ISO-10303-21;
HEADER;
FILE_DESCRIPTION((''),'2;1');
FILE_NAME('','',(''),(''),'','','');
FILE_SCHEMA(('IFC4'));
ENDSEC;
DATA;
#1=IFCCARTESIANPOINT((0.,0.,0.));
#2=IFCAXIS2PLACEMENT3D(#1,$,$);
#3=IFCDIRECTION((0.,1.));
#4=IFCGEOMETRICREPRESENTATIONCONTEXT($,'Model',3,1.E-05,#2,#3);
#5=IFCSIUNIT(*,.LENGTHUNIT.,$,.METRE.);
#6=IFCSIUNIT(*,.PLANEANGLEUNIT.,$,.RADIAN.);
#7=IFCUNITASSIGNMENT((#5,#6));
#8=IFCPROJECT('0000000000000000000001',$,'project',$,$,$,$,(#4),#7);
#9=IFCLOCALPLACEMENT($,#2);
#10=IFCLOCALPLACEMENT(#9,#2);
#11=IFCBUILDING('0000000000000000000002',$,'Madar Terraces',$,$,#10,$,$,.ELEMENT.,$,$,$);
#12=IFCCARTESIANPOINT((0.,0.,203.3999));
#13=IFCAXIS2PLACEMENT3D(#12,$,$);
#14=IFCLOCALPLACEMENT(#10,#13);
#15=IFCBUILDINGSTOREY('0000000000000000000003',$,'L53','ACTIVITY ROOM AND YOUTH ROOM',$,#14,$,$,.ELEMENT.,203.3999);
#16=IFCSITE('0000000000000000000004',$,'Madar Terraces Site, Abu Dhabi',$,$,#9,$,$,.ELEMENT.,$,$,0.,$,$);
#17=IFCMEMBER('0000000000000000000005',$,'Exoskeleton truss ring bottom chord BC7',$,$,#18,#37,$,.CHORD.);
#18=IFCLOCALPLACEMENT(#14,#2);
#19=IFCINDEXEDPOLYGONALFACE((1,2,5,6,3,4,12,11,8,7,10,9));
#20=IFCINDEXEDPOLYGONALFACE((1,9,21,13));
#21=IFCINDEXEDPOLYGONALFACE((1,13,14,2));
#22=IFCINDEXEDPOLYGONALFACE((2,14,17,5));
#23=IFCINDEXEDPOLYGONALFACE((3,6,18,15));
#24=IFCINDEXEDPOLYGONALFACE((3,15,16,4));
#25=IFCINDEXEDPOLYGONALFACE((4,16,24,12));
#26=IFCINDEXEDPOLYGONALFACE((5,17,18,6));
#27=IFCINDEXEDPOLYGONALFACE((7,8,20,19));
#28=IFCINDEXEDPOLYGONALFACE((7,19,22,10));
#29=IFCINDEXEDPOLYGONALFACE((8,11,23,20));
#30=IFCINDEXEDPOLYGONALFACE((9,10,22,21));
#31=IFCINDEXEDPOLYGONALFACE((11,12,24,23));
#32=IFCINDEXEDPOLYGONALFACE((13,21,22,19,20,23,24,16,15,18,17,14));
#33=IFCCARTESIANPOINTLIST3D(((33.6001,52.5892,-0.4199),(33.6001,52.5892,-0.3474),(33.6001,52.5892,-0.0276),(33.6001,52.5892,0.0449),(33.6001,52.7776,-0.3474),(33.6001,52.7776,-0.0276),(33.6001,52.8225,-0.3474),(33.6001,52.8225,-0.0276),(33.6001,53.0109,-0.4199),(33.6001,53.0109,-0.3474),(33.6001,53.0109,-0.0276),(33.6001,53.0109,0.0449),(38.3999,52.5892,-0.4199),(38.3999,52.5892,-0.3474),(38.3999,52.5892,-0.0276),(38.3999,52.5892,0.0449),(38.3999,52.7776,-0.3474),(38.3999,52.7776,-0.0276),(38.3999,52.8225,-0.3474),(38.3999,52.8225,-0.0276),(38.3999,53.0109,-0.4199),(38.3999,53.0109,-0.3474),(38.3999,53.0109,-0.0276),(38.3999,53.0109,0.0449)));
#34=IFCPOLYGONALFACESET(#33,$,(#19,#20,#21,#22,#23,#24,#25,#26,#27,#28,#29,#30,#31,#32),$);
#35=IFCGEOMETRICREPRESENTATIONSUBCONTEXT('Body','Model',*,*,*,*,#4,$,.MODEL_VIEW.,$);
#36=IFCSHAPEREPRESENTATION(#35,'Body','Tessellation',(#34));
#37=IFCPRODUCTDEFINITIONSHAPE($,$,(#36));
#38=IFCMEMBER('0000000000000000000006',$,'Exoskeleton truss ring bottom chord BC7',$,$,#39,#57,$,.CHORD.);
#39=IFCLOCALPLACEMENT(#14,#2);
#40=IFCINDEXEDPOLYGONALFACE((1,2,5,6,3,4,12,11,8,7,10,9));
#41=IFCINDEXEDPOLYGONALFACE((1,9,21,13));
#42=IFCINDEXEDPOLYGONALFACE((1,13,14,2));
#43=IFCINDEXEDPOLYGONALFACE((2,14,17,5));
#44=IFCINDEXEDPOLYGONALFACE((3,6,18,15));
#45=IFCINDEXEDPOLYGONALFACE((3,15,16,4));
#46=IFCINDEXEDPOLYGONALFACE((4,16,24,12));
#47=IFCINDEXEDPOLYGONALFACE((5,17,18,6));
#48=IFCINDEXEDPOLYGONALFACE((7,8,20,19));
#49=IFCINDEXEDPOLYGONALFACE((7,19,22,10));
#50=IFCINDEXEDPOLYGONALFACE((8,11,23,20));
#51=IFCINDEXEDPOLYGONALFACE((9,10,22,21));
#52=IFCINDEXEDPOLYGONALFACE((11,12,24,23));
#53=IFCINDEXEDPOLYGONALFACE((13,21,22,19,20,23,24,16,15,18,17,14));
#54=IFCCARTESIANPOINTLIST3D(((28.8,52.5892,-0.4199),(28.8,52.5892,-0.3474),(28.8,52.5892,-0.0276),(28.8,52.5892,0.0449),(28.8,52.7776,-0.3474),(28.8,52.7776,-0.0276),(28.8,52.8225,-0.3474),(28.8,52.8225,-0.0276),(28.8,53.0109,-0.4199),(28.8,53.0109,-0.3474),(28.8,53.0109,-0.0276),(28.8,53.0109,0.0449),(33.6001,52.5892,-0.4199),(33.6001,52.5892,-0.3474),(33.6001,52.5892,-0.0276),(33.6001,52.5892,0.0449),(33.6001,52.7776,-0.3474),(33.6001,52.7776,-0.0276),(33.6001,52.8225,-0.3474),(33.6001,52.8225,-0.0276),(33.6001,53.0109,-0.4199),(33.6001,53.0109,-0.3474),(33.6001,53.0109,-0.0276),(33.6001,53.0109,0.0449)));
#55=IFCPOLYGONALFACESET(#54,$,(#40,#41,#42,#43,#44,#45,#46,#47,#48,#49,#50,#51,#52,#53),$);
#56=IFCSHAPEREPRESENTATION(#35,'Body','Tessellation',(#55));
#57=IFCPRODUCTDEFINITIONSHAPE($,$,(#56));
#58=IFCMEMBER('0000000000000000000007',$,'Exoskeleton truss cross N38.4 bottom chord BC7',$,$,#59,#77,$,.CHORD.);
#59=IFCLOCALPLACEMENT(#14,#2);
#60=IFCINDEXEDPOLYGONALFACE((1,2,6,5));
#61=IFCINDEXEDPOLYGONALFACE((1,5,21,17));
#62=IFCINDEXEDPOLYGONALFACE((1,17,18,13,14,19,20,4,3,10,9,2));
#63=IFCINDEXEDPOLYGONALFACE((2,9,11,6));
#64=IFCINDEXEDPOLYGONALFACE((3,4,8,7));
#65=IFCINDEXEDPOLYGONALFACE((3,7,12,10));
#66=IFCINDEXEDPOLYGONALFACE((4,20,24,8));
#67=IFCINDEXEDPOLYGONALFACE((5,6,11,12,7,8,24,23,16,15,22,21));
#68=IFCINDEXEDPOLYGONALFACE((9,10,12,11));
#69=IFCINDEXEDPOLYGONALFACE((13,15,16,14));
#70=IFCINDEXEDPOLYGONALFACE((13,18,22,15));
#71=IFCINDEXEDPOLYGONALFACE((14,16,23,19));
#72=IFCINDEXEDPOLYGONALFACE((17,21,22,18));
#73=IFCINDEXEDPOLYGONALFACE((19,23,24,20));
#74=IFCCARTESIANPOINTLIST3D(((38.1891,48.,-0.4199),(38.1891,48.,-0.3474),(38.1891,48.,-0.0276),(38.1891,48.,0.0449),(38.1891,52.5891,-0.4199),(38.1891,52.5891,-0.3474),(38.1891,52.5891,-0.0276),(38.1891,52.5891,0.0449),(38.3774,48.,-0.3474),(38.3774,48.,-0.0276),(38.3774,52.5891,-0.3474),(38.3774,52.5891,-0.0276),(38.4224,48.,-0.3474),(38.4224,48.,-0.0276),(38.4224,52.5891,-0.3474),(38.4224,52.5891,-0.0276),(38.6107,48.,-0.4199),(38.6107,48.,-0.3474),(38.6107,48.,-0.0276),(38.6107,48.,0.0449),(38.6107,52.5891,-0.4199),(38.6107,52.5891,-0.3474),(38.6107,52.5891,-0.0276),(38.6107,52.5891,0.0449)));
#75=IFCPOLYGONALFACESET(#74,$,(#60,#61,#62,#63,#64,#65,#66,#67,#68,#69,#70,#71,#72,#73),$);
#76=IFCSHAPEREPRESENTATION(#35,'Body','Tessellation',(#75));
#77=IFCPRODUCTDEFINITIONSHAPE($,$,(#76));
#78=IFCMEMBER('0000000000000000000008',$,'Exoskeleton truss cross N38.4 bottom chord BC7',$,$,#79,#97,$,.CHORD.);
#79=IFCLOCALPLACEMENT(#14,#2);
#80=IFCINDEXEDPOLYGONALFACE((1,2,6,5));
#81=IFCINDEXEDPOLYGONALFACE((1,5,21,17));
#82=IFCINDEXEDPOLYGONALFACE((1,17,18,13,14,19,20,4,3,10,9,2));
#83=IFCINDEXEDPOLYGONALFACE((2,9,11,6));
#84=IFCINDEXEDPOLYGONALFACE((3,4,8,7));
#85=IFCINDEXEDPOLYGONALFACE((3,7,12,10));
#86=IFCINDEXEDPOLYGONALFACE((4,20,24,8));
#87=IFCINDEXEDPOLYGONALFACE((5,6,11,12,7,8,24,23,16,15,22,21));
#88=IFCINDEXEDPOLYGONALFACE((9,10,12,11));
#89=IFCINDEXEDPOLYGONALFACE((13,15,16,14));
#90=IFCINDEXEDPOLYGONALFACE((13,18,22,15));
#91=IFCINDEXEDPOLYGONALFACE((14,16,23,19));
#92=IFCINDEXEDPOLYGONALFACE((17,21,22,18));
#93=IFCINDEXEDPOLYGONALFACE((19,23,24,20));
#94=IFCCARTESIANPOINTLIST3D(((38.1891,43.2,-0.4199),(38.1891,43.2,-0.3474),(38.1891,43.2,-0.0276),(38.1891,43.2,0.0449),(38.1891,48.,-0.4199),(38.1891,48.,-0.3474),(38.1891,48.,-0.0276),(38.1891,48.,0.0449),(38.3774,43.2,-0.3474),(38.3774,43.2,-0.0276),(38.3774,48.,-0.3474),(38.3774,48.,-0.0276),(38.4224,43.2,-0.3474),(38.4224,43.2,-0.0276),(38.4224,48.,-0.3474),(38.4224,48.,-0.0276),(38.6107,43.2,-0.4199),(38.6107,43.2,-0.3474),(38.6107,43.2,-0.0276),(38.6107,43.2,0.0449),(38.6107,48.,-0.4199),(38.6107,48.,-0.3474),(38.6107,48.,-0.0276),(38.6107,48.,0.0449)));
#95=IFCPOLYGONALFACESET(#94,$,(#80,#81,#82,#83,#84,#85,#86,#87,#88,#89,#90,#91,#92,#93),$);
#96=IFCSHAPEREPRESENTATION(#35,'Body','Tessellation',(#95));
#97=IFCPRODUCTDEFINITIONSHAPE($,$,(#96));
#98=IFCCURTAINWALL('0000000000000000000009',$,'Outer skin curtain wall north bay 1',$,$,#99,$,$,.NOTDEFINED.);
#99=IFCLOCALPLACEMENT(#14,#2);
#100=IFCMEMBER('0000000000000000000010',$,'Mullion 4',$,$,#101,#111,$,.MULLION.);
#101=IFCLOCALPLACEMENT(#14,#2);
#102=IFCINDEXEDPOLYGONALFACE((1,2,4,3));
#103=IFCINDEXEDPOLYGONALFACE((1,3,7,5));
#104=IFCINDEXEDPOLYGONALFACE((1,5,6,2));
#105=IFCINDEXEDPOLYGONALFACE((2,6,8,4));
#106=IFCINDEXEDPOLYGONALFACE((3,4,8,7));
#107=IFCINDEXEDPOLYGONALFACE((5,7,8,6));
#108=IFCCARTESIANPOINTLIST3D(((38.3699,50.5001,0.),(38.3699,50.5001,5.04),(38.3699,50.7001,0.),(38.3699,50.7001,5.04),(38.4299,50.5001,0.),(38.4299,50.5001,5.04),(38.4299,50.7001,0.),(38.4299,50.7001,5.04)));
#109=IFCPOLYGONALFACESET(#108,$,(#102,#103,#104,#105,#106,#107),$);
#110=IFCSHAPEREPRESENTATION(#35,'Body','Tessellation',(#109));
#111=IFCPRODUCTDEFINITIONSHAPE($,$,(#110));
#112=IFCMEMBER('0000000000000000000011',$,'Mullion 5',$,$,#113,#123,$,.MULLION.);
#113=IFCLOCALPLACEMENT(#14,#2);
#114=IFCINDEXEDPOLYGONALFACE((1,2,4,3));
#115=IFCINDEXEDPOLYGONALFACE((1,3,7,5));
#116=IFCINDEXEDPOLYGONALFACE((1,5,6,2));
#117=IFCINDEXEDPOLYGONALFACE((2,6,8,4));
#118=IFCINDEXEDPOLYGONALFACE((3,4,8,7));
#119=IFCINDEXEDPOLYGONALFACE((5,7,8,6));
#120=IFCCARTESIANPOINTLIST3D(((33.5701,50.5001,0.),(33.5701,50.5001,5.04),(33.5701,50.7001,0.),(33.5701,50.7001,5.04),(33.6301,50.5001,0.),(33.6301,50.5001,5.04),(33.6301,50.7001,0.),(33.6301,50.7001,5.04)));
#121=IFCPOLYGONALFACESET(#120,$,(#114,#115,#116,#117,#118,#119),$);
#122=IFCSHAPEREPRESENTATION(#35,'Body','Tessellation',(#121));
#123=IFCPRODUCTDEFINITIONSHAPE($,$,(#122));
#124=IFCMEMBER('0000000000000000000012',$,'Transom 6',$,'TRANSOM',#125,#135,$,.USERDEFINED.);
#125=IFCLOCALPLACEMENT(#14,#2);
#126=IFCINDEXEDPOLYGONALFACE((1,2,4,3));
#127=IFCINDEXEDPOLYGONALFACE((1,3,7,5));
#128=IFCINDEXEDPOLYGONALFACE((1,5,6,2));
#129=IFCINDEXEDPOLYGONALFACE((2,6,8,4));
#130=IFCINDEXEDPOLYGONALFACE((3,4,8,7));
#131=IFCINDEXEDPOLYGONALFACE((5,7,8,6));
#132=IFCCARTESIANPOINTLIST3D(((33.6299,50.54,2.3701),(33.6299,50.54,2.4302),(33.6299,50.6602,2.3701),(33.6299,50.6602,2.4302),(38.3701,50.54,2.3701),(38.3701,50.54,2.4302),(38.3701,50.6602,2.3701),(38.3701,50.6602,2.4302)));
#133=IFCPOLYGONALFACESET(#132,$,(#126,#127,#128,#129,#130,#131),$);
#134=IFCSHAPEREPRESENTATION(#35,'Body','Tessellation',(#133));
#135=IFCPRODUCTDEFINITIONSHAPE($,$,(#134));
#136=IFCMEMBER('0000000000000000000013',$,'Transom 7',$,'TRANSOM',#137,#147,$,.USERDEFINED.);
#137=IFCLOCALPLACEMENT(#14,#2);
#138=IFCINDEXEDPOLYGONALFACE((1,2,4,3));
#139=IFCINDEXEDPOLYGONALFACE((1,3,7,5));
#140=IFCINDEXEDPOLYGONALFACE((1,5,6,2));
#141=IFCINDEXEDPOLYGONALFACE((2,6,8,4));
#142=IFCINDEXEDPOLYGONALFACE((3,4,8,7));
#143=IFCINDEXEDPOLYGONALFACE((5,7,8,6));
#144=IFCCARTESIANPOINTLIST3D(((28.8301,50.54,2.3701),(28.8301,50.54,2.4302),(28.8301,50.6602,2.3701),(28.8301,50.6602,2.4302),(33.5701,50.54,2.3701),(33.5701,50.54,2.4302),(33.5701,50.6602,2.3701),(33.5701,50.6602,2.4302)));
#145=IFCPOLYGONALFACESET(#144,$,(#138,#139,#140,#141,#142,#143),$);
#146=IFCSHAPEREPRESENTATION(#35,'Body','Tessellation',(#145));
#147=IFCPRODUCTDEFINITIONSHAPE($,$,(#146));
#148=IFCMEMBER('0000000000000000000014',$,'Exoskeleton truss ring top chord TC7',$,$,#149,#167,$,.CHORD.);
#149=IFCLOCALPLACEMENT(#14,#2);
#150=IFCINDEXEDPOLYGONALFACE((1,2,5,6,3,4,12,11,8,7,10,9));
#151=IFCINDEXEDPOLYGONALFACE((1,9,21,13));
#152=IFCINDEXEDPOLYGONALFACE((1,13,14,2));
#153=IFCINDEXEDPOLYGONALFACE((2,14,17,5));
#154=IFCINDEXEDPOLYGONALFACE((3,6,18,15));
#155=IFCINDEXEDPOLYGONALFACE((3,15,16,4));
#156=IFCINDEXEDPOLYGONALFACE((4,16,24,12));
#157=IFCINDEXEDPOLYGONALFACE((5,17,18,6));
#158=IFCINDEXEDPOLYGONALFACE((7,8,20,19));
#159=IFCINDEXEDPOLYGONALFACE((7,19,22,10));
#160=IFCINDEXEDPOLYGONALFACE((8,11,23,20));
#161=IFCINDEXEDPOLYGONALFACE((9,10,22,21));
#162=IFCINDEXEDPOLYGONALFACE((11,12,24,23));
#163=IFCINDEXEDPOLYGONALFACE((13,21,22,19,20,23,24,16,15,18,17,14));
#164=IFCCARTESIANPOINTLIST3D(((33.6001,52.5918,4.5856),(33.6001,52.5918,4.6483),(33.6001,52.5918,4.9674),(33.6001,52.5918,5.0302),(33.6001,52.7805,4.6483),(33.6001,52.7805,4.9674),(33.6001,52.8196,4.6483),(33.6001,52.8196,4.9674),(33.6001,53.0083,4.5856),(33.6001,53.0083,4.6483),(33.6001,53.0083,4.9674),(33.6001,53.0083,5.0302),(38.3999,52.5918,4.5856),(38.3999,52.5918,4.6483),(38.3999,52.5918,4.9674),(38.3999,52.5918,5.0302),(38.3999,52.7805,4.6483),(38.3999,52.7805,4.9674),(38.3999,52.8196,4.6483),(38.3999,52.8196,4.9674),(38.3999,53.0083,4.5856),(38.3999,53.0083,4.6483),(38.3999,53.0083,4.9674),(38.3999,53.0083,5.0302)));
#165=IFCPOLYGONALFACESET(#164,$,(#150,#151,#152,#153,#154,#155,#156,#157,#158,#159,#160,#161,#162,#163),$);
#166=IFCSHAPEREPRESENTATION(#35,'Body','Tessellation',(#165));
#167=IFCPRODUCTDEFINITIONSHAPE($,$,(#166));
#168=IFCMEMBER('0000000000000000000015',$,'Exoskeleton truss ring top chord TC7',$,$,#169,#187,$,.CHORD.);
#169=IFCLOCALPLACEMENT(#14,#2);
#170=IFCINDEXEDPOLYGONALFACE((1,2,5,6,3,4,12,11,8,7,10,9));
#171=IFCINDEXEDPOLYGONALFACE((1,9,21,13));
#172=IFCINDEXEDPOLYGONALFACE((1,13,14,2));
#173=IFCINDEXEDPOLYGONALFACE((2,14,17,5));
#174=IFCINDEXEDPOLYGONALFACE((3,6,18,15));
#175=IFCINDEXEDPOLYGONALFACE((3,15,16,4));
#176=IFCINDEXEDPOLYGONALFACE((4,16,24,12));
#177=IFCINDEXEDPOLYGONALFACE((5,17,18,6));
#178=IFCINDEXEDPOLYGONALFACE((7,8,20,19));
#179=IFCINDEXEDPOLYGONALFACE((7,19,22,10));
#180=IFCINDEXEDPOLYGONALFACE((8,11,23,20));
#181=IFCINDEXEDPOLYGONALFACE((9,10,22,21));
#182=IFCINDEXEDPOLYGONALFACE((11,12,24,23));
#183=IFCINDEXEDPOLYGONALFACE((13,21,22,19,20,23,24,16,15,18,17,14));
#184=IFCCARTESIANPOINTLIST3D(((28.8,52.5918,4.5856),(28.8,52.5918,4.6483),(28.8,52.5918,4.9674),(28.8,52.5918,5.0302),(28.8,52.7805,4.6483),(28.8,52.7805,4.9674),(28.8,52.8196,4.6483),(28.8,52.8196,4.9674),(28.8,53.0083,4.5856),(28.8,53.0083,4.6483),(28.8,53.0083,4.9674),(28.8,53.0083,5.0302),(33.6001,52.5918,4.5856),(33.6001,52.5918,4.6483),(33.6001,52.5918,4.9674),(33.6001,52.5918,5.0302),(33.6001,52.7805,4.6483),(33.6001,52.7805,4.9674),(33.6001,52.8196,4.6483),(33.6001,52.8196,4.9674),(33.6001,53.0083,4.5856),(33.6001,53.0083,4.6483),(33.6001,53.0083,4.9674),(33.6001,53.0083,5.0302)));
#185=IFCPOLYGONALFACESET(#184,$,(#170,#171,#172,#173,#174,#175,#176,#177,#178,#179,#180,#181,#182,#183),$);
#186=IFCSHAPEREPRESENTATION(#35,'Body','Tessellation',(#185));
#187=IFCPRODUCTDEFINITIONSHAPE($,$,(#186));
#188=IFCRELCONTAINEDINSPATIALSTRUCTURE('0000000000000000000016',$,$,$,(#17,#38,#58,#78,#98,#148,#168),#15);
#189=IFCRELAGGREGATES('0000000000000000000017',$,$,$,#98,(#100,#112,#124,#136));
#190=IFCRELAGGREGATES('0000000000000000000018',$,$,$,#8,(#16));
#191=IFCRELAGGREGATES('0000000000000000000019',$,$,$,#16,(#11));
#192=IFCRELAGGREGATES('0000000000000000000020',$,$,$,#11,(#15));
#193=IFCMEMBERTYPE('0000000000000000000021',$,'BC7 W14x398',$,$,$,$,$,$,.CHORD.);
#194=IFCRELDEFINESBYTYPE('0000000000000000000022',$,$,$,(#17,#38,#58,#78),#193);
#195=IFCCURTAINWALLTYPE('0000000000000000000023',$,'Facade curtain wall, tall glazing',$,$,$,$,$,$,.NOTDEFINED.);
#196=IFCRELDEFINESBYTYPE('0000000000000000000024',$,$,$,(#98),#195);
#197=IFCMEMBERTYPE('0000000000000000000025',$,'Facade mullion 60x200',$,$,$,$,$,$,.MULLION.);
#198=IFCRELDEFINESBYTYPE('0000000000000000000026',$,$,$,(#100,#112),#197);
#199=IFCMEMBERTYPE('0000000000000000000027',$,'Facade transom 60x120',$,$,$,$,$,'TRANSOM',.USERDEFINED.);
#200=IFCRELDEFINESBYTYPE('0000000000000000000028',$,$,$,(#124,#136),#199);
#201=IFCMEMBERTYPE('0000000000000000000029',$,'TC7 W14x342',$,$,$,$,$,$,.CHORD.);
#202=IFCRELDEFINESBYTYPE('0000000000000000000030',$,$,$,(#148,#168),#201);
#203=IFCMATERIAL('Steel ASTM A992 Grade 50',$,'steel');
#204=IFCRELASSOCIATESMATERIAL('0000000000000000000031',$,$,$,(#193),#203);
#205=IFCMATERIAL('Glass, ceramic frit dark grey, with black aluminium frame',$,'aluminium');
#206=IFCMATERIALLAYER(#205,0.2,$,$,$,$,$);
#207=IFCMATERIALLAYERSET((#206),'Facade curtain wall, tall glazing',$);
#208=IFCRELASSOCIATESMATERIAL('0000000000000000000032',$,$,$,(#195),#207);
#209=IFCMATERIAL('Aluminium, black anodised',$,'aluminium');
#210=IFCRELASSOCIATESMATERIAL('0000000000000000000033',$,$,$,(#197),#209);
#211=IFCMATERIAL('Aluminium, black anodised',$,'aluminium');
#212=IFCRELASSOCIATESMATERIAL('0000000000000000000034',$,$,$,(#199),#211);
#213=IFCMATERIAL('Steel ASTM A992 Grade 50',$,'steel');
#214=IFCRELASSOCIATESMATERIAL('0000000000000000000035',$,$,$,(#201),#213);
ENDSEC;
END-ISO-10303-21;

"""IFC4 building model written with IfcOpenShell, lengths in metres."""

from ifc_helpers import new_model, si_unit, direction, frame, origin, origin_2d, place, context, subcontext, project, spatial, rectangle, i_section, extrude, material, layer, layer_set, material_profile, profile_set, type_object, element, aggregate, save


model = new_model("IFC4")

# Units and contexts
model_context = context("Model", 3, precision=1e-05, world=origin(), true_north=direction((0.0, 1.0)))
body_context = subcontext(model_context, "Body", "Model", "MODEL_VIEW")
ifc_project = project(units=[si_unit("LENGTHUNIT", "METRE"), si_unit("PLANEANGLEUNIT", "RADIAN")], contexts=[model_context])

# Site, building, storey
site_placement = place(None, origin())
site = spatial("IfcSite", under=ifc_project, at=site_placement, Name="Madar Terraces Site, Abu Dhabi", CompositionType="ELEMENT", RefElevation=0.0)
building_placement = place(site_placement, origin())
building = spatial("IfcBuilding", under=site, at=building_placement, Name="Madar Terraces", CompositionType="ELEMENT")
storey_placement = place(building_placement, frame((0.0, 0.0, 203.3999)))
storey = spatial("IfcBuildingStorey", under=building, at=storey_placement, Name="L53", Description="ACTIVITY ROOM AND YOUTH ROOM", CompositionType="ELEMENT", Elevation=203.3999)

# Members
ifc_material_1 = material(Name="Steel ASTM A992 Grade 50", Category="steel")
ifc_material_profile_1 = material_profile(ifc_material_1, i_section(OverallWidth=0.4216, OverallDepth=0.4648, WebThickness=0.0449, FlangeThickness=0.0725, at=origin_2d()), Name="W14x398")
ifc_profile_set_1 = profile_set([ifc_material_profile_1], Name="Steel ASTM A992 Grade 50")
member_type_1 = type_object("IfcMemberType", Name="BC7 W14x398", PredefinedType="CHORD", material=ifc_profile_set_1)
member_1_placement = place(storey_placement, frame((38.3999, 52.8, -0.1875), z_axis=(-1.0, 0.0, 0.0), x_axis=(0.0, -1.0, 0.0)))
element("IfcMember", 1, at=member_1_placement, inside=storey, type_object=member_type_1, Name="Exoskeleton truss ring bottom chord BC7", PredefinedType="CHORD", context=body_context, shape_type="SweptSolid", body=[
    extrude(i_section(OverallWidth=0.4216, OverallDepth=0.4648, WebThickness=0.0449, FlangeThickness=0.0725, at=origin_2d()), origin(), (0.0, 0.0, 1.0), 4.7998),
])
member_2_placement = place(storey_placement, frame((33.6001, 52.8, -0.1875), z_axis=(-1.0, 0.0, 0.0), x_axis=(0.0, -1.0, 0.0)))
element("IfcMember", 2, at=member_2_placement, inside=storey, type_object=member_type_1, Name="Exoskeleton truss ring bottom chord BC7", PredefinedType="CHORD", context=body_context, shape_type="SweptSolid", body=[
    extrude(i_section(OverallWidth=0.4216, OverallDepth=0.4648, WebThickness=0.0449, FlangeThickness=0.0725, at=origin_2d()), origin(), (0.0, 0.0, 1.0), 4.8),
])
member_3_placement = place(storey_placement, frame((38.3999, 52.5891, -0.1875), z_axis=(0.0, -1.0, 0.0), x_axis=(1.0, 0.0, 0.0)))
element("IfcMember", 3, at=member_3_placement, inside=storey, type_object=member_type_1, Name="Exoskeleton truss cross N38.4 bottom chord BC7", PredefinedType="CHORD", context=body_context, shape_type="SweptSolid", body=[
    extrude(i_section(OverallWidth=0.4216, OverallDepth=0.4648, WebThickness=0.0449, FlangeThickness=0.0725, at=origin_2d()), origin(), (0.0, 0.0, 1.0), 4.5891),
])
member_4_placement = place(storey_placement, frame((38.3999, 48.0, -0.1875), z_axis=(0.0, -1.0, 0.0), x_axis=(1.0, 0.0, 0.0)))
element("IfcMember", 4, at=member_4_placement, inside=storey, type_object=member_type_1, Name="Exoskeleton truss cross N38.4 bottom chord BC7", PredefinedType="CHORD", context=body_context, shape_type="SweptSolid", body=[
    extrude(i_section(OverallWidth=0.4216, OverallDepth=0.4648, WebThickness=0.0449, FlangeThickness=0.0725, at=origin_2d()), origin(), (0.0, 0.0, 1.0), 4.8),
])

# Curtain wall, members
ifc_material_2 = material(Name="Glass, ceramic frit dark grey, with black aluminium frame", Category="aluminium")
ifc_layer_1 = layer(ifc_material_2, 0.2)
ifc_layer_set_1 = layer_set([ifc_layer_1], Name="Facade curtain wall, tall glazing")
curtain_wall_type = type_object("IfcCurtainWallType", Name="Facade curtain wall, tall glazing", PredefinedType="NOTDEFINED", material=ifc_layer_set_1)
curtain_wall_placement = place(storey_placement, origin())
curtain_wall = element("IfcCurtainWall", 5, at=curtain_wall_placement, inside=storey, type_object=curtain_wall_type, Name="Outer skin curtain wall north bay 1", PredefinedType="NOTDEFINED")
ifc_material_3 = material(Name="Aluminium, black anodised", Category="aluminium")
ifc_material_profile_2 = material_profile(ifc_material_3, rectangle(XDim=0.2, YDim=0.0601, at=origin_2d()), Name="Facade mullion 60x200")
ifc_profile_set_2 = profile_set([ifc_material_profile_2], Name="Aluminium, black anodised")
member_type_2 = type_object("IfcMemberType", Name="Facade mullion 60x200", PredefinedType="MULLION", material=ifc_profile_set_2)
member_5_placement = place(storey_placement, frame((38.3999, 50.6001, 0.0), z_axis=(0.0, 0.0, 1.0), x_axis=(0.0, -1.0, 0.0)))
member_5 = element("IfcMember", 6, at=member_5_placement, type_object=member_type_2, Name="Mullion 4", PredefinedType="MULLION", context=body_context, shape_type="SweptSolid", body=[
    extrude(rectangle(XDim=0.2, YDim=0.0601, at=origin_2d()), origin(), (0.0, 0.0, 1.0), 5.04),
])
member_6_placement = place(storey_placement, frame((33.6001, 50.6001, 0.0), z_axis=(0.0, 0.0, 1.0), x_axis=(0.0, -1.0, 0.0)))
member_6 = element("IfcMember", 7, at=member_6_placement, type_object=member_type_2, Name="Mullion 5", PredefinedType="MULLION", context=body_context, shape_type="SweptSolid", body=[
    extrude(rectangle(XDim=0.2, YDim=0.0601, at=origin_2d()), origin(), (0.0, 0.0, 1.0), 5.04),
])
ifc_material_4 = material(Name="Aluminium, black anodised", Category="aluminium")
ifc_material_profile_3 = material_profile(ifc_material_4, rectangle(XDim=0.1201, YDim=0.0601, at=origin_2d()), Name="Facade transom 60x120")
ifc_profile_set_3 = profile_set([ifc_material_profile_3], Name="Aluminium, black anodised")
member_type_3 = type_object("IfcMemberType", Name="Facade transom 60x120", ElementType="TRANSOM", PredefinedType="USERDEFINED", material=ifc_profile_set_3)
member_7_placement = place(storey_placement, frame((38.3701, 50.6001, 2.4001), z_axis=(-1.0, 0.0, 0.0), x_axis=(0.0, -1.0, 0.0)))
member_7 = element("IfcMember", 8, at=member_7_placement, type_object=member_type_3, Name="Transom 6", ObjectType="TRANSOM", PredefinedType="USERDEFINED", context=body_context, shape_type="SweptSolid", body=[
    extrude(rectangle(XDim=0.1201, YDim=0.0601, at=origin_2d()), origin(), (0.0, 0.0, 1.0), 4.7402),
])
member_8_placement = place(storey_placement, frame((33.5701, 50.6001, 2.4001), z_axis=(-1.0, 0.0, 0.0), x_axis=(0.0, -1.0, 0.0)))
member_8 = element("IfcMember", 9, at=member_8_placement, type_object=member_type_3, Name="Transom 7", ObjectType="TRANSOM", PredefinedType="USERDEFINED", context=body_context, shape_type="SweptSolid", body=[
    extrude(rectangle(XDim=0.1201, YDim=0.0601, at=origin_2d()), origin(), (0.0, 0.0, 1.0), 4.74),
])

# Members
ifc_material_5 = material(Name="Steel ASTM A992 Grade 50", Category="steel")
ifc_material_profile_4 = material_profile(ifc_material_5, i_section(OverallWidth=0.4165, OverallDepth=0.4446, WebThickness=0.0391, FlangeThickness=0.0627, at=origin_2d()), Name="W14x342")
ifc_profile_set_4 = profile_set([ifc_material_profile_4], Name="Steel ASTM A992 Grade 50")
member_type_4 = type_object("IfcMemberType", Name="TC7 W14x342", PredefinedType="CHORD", material=ifc_profile_set_4)
member_9_placement = place(storey_placement, frame((38.3999, 52.8, 4.8079), z_axis=(-1.0, 0.0, 0.0), x_axis=(0.0, -1.0, 0.0)))
element("IfcMember", 10, at=member_9_placement, inside=storey, type_object=member_type_4, Name="Exoskeleton truss ring top chord TC7", PredefinedType="CHORD", context=body_context, shape_type="SweptSolid", body=[
    extrude(i_section(OverallWidth=0.4165, OverallDepth=0.4446, WebThickness=0.0391, FlangeThickness=0.0627, at=origin_2d()), origin(), (0.0, 0.0, 1.0), 4.7998),
])
member_10_placement = place(storey_placement, frame((33.6001, 52.8, 4.8079), z_axis=(-1.0, 0.0, 0.0), x_axis=(0.0, -1.0, 0.0)))
element("IfcMember", 11, at=member_10_placement, inside=storey, type_object=member_type_4, Name="Exoskeleton truss ring top chord TC7", PredefinedType="CHORD", context=body_context, shape_type="SweptSolid", body=[
    extrude(i_section(OverallWidth=0.4165, OverallDepth=0.4446, WebThickness=0.0391, FlangeThickness=0.0627, at=origin_2d()), origin(), (0.0, 0.0, 1.0), 4.8),
])

aggregate(curtain_wall, [member_5, member_6, member_7, member_8])

save(model, "model.ifc")
